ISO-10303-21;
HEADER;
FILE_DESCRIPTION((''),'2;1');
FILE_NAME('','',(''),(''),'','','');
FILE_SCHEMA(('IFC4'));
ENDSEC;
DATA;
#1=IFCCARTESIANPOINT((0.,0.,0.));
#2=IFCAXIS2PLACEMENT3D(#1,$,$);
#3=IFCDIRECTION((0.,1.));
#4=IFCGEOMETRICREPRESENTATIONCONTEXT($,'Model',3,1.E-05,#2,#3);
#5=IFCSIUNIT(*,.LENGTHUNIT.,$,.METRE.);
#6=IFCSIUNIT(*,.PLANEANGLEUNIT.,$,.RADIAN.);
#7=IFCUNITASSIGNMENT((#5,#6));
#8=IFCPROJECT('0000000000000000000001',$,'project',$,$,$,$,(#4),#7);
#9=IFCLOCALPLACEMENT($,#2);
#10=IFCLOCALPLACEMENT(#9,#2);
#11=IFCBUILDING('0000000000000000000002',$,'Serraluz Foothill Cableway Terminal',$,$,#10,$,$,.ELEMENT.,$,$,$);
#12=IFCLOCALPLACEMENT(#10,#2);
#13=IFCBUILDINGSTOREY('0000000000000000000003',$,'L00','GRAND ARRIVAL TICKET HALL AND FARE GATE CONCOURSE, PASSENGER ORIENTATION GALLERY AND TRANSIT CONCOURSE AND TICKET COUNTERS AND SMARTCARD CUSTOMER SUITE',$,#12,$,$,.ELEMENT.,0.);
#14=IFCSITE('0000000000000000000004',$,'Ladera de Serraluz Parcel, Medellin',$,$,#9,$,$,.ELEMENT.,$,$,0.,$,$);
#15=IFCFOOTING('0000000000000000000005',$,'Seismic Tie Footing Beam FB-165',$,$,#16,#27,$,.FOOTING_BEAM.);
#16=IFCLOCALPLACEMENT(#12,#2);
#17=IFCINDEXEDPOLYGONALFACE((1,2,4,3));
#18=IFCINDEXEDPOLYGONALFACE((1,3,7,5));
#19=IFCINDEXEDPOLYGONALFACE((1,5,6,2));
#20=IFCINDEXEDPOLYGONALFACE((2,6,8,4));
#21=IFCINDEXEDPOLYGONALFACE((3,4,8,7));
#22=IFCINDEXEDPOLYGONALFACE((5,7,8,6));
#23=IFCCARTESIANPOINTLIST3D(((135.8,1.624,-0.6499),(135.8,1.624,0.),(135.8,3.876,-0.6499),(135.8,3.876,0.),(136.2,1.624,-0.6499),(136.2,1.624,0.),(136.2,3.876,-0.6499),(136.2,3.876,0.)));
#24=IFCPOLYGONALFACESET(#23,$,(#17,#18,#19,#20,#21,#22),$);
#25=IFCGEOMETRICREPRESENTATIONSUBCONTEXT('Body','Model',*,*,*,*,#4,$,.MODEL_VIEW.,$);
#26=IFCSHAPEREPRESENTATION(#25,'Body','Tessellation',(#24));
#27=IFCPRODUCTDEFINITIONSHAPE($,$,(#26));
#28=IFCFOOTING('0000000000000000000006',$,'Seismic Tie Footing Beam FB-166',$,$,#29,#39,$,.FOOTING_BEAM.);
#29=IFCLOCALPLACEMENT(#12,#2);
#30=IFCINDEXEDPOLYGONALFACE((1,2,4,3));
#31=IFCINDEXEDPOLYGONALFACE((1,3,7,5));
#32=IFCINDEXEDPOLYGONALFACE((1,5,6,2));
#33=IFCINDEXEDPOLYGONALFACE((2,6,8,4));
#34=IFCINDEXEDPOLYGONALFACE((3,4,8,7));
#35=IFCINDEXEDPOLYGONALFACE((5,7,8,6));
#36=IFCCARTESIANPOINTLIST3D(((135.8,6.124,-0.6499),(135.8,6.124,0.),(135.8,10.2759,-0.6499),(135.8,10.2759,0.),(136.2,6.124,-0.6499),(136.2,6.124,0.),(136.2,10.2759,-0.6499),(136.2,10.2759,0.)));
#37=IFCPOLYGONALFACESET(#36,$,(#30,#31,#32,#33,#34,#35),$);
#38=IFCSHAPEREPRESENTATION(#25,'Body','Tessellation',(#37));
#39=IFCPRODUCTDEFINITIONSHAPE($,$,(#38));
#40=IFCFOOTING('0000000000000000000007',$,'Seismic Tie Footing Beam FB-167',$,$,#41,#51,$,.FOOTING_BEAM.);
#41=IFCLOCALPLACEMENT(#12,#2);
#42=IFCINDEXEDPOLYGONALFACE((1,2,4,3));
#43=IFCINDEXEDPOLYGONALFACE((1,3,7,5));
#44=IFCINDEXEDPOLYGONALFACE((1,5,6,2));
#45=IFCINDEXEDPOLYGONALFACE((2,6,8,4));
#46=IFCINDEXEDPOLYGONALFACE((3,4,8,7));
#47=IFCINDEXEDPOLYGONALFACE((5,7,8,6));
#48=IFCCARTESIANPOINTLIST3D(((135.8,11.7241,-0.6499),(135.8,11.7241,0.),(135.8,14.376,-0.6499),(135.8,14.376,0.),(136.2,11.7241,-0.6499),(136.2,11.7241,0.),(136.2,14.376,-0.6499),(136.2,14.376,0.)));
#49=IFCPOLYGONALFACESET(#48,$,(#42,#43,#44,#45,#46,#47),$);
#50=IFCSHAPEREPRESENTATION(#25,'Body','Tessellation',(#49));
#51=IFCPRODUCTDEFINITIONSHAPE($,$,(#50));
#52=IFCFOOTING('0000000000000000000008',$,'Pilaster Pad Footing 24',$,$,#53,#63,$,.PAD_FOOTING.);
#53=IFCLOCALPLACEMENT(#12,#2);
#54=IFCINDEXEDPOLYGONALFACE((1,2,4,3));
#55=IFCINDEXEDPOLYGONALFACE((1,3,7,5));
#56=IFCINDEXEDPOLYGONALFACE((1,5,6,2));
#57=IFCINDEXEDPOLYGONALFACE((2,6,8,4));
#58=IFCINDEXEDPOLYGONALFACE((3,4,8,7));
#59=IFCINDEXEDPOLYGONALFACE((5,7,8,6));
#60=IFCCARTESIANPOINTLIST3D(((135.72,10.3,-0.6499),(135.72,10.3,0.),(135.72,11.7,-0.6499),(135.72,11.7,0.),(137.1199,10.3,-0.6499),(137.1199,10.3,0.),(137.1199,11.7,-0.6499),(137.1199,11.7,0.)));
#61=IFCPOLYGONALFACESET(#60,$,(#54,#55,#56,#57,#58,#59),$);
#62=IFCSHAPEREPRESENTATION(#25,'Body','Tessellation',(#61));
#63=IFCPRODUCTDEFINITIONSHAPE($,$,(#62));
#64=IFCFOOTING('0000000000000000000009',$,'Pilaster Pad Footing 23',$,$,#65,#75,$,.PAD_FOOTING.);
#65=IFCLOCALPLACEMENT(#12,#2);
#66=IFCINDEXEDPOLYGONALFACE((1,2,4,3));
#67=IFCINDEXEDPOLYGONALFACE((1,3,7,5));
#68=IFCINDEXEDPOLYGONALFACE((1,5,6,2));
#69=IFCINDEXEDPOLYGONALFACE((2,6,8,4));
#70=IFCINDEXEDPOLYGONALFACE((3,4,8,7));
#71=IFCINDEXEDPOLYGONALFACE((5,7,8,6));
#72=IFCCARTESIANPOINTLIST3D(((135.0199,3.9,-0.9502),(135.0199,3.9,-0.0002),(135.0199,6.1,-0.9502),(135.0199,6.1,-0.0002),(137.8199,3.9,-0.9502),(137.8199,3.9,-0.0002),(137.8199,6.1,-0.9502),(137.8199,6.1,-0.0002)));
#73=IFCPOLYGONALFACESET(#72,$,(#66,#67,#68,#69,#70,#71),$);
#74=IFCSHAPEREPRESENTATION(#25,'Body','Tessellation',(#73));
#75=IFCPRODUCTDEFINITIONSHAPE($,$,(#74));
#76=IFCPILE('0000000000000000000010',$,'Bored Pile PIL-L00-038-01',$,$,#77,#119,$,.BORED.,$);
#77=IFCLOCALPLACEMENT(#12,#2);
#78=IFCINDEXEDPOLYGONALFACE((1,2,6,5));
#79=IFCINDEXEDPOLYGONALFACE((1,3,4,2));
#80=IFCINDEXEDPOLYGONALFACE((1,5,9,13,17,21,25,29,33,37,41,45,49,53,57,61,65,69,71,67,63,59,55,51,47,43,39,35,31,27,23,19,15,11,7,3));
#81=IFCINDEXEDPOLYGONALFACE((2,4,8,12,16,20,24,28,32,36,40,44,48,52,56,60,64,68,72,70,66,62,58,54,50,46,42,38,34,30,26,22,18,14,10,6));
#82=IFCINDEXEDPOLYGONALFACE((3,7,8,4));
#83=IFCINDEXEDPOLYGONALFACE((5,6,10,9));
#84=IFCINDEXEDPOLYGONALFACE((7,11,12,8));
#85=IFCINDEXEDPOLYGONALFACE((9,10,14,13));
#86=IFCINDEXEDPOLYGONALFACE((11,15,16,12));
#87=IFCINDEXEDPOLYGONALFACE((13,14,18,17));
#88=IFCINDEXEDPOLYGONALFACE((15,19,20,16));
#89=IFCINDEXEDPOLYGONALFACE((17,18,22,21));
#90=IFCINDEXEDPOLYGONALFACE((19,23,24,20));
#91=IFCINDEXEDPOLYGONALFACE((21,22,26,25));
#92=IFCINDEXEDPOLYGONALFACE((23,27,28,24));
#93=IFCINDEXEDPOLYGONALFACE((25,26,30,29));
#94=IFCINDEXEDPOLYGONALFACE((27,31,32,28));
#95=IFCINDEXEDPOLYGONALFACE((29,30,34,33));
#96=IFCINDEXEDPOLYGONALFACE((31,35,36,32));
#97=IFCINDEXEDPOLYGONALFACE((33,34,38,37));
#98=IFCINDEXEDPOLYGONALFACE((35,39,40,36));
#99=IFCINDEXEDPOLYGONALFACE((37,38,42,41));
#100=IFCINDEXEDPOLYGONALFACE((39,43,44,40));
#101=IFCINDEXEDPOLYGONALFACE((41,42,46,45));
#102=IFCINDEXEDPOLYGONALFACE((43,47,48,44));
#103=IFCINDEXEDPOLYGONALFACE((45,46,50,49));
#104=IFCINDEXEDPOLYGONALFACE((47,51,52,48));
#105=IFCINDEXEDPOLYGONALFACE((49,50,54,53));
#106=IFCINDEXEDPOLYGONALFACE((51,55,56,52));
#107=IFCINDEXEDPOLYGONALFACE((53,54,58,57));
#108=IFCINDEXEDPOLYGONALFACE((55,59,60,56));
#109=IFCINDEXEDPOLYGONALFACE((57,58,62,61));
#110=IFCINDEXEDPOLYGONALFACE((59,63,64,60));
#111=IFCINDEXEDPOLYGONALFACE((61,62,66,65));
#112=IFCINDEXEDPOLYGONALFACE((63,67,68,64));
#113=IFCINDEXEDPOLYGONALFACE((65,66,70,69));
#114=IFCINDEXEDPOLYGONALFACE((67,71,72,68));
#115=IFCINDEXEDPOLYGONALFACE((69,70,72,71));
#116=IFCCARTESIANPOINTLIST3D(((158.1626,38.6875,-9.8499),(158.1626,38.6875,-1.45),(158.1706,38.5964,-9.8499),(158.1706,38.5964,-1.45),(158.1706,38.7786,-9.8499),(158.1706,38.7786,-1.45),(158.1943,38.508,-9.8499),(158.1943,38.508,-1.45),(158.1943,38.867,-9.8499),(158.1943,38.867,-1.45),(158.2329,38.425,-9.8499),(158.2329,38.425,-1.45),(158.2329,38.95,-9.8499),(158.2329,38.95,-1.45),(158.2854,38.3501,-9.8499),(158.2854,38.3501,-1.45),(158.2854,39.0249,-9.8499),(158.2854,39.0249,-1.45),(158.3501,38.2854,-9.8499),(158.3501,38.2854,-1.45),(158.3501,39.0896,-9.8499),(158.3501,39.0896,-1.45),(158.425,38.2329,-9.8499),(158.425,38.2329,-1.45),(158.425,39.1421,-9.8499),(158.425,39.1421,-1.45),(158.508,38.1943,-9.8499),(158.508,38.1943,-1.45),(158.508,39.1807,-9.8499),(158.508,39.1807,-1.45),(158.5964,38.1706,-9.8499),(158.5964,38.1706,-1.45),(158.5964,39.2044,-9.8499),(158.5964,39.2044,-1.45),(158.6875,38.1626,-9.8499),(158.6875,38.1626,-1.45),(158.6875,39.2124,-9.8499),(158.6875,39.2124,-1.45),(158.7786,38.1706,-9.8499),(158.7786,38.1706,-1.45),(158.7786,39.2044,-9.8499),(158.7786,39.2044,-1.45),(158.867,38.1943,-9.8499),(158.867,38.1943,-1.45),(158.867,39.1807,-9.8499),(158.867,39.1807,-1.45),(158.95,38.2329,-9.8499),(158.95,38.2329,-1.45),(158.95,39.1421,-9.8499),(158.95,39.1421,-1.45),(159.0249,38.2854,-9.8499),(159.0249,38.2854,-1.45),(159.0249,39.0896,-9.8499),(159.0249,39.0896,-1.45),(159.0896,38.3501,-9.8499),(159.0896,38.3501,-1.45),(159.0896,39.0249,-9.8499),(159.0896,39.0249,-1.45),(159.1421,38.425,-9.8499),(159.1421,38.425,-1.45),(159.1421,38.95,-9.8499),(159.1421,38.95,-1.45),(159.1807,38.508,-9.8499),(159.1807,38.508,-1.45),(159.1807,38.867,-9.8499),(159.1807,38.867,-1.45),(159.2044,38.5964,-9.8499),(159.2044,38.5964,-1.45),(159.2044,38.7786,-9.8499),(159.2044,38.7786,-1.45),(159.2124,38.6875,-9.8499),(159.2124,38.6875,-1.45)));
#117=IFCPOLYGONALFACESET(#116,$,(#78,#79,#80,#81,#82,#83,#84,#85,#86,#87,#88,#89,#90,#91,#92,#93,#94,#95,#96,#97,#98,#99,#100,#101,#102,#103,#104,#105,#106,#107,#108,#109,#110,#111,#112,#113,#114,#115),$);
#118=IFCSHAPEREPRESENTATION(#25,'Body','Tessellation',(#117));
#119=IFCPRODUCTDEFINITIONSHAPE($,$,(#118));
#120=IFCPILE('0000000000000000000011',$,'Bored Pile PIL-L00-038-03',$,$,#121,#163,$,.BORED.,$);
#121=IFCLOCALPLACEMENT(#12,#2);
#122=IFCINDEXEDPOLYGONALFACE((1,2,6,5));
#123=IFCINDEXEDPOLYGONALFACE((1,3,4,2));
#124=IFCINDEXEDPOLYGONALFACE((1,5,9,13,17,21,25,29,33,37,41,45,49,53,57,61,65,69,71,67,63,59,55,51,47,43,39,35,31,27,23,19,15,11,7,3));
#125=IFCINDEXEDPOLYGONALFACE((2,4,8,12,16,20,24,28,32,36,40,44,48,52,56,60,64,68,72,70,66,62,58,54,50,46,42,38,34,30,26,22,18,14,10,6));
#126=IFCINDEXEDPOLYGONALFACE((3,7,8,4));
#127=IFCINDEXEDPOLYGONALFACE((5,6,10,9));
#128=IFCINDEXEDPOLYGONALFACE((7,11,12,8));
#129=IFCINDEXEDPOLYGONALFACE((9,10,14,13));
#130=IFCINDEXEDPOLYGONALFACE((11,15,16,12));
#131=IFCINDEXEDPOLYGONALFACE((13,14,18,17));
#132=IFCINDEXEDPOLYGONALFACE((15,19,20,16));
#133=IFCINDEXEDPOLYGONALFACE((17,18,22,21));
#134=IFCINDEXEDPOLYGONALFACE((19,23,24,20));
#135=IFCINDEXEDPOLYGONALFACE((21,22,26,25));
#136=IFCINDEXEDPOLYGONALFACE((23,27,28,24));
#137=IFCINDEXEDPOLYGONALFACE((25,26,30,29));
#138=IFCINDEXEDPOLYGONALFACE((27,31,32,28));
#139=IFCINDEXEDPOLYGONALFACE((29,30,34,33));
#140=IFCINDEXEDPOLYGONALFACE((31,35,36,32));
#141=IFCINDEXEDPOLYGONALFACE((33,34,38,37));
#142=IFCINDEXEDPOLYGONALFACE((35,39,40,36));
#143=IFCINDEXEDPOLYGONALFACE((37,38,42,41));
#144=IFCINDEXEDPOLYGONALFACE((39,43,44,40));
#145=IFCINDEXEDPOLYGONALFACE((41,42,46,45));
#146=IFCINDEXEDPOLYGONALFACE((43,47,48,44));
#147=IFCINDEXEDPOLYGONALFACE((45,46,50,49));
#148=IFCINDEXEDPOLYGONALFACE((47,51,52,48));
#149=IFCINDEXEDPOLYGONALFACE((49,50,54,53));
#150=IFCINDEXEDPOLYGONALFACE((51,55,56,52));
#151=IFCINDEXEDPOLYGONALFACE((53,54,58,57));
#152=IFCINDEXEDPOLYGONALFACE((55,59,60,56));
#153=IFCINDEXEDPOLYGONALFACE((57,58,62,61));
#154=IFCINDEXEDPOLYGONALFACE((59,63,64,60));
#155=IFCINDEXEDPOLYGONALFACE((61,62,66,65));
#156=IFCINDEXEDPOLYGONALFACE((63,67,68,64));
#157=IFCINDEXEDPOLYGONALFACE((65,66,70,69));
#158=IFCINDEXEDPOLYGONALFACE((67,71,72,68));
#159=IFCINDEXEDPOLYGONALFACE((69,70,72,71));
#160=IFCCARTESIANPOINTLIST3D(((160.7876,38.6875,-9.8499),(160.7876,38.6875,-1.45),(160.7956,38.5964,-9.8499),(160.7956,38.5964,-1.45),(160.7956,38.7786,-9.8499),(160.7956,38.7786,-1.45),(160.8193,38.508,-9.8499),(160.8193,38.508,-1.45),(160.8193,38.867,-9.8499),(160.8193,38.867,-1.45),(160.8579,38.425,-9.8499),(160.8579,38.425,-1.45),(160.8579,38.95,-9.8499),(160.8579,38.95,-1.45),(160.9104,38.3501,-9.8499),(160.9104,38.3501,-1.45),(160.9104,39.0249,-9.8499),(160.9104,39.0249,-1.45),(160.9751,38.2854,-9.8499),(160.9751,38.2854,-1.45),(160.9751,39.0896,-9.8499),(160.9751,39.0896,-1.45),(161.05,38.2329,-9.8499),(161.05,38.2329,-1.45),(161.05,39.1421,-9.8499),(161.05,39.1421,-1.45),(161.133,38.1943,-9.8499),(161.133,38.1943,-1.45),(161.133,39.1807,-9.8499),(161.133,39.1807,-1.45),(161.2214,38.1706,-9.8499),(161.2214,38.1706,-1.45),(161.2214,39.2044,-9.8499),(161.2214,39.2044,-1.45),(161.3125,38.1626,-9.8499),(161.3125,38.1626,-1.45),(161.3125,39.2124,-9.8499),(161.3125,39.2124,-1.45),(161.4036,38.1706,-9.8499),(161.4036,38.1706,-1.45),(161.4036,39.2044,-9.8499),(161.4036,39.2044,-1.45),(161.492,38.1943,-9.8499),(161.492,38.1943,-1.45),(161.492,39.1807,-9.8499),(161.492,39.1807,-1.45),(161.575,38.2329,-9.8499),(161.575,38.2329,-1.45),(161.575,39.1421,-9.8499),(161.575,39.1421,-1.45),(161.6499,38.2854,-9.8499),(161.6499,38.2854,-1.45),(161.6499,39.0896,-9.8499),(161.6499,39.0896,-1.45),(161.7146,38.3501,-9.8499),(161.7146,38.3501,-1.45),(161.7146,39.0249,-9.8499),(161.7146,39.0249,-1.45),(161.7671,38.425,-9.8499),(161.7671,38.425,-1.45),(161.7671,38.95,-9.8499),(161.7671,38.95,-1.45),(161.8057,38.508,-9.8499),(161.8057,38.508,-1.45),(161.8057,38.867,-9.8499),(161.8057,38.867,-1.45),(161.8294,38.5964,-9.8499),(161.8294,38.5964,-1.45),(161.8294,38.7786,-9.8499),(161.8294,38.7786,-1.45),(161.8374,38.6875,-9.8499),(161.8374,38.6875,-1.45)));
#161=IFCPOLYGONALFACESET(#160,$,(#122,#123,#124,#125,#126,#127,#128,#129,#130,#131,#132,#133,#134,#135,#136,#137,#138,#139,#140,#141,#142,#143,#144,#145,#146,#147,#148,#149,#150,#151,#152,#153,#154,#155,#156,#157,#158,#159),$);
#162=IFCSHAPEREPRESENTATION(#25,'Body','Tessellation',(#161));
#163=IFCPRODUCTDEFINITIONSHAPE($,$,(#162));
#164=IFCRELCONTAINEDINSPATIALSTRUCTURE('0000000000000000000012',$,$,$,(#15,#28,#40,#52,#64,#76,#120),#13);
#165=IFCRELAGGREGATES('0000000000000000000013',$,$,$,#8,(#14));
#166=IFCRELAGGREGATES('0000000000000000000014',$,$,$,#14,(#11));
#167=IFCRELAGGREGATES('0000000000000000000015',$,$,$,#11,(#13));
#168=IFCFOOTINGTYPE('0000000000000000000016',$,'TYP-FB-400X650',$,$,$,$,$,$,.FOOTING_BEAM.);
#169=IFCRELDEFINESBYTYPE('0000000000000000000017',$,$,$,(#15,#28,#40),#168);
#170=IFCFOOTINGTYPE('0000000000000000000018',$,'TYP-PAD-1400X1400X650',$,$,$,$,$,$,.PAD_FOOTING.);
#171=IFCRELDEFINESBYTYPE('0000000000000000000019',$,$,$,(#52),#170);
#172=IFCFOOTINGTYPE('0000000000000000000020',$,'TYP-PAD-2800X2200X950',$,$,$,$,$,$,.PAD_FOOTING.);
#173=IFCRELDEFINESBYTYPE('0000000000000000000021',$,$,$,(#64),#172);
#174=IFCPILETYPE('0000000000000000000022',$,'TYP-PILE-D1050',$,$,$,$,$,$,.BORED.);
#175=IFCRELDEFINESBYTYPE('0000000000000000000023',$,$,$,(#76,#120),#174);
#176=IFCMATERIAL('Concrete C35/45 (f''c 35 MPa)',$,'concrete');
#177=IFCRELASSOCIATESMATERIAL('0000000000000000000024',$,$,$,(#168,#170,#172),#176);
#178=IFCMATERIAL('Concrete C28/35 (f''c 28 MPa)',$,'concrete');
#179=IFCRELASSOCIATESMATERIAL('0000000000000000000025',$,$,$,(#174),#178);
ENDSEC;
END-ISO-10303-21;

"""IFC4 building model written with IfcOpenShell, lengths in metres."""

from ifc_helpers import new_model, si_unit, direction, frame, origin, origin_2d, place, context, subcontext, project, spatial, rectangle, circle, extrude, material, material_profile, profile_set, type_object, element, save


model = new_model("IFC4")

# Units and contexts
model_context = context("Model", 3, precision=1e-05, world=origin(), true_north=direction((0.0, 1.0)))
body_context = subcontext(model_context, "Body", "Model", "MODEL_VIEW")
ifc_project = project(units=[si_unit("LENGTHUNIT", "METRE"), si_unit("PLANEANGLEUNIT", "RADIAN")], contexts=[model_context])

# Site, building, storey
site_placement = place(None, origin())
site = spatial("IfcSite", under=ifc_project, at=site_placement, Name="Ladera de Serraluz Parcel, Medellin", CompositionType="ELEMENT", RefElevation=0.0)
building_placement = place(site_placement, origin())
building = spatial("IfcBuilding", under=site, at=building_placement, Name="Serraluz Foothill Cableway Terminal", CompositionType="ELEMENT")
storey_placement = place(building_placement, origin())
storey = spatial("IfcBuildingStorey", under=building, at=storey_placement, Name="L00", Description="GRAND ARRIVAL TICKET HALL AND FARE GATE CONCOURSE, PASSENGER ORIENTATION GALLERY AND TRANSIT CONCOURSE AND TICKET COUNTERS AND SMARTCARD CUSTOMER SUITE", CompositionType="ELEMENT", Elevation=0.0)

# Footings
ifc_material_1 = material(Name="Concrete C35/45 (f'c 35 MPa)", Category="concrete")
ifc_material_profile_1 = material_profile(ifc_material_1, rectangle(XDim=0.3999, YDim=0.6499, at=origin_2d()), Name="RC 400x650")
ifc_profile_set_1 = profile_set([ifc_material_profile_1], Name="Concrete C35/45 (f'c 35 MPa)")
footing_type_1 = type_object("IfcFootingType", Name="TYP-FB-400X650", PredefinedType="FOOTING_BEAM", material=ifc_profile_set_1)
footing_1_placement = place(storey_placement, frame((136.0, 1.624, -0.325), z_axis=(0.0, 1.0, 0.0), x_axis=(-1.0, 0.0, 0.0)))
element("IfcFooting", 1, at=footing_1_placement, inside=storey, type_object=footing_type_1, Name="Seismic Tie Footing Beam FB-165", PredefinedType="FOOTING_BEAM", context=body_context, shape_type="SweptSolid", body=[
    extrude(rectangle(XDim=0.3999, YDim=0.6499, at=origin_2d()), origin(), (0.0, 0.0, 1.0), 2.252),
])
footing_2_placement = place(storey_placement, frame((136.0, 6.124, -0.325), z_axis=(0.0, 1.0, 0.0), x_axis=(-1.0, 0.0, 0.0)))
element("IfcFooting", 2, at=footing_2_placement, inside=storey, type_object=footing_type_1, Name="Seismic Tie Footing Beam FB-166", PredefinedType="FOOTING_BEAM", context=body_context, shape_type="SweptSolid", body=[
    extrude(rectangle(XDim=0.3999, YDim=0.6499, at=origin_2d()), origin(), (0.0, 0.0, 1.0), 4.1519),
])
footing_3_placement = place(storey_placement, frame((136.0, 11.7241, -0.325), z_axis=(0.0, 1.0, 0.0), x_axis=(-1.0, 0.0, 0.0)))
element("IfcFooting", 3, at=footing_3_placement, inside=storey, type_object=footing_type_1, Name="Seismic Tie Footing Beam FB-167", PredefinedType="FOOTING_BEAM", context=body_context, shape_type="SweptSolid", body=[
    extrude(rectangle(XDim=0.3999, YDim=0.6499, at=origin_2d()), origin(), (0.0, 0.0, 1.0), 2.6519),
])
footing_type_2 = type_object("IfcFootingType", Name="TYP-PAD-1400X1400X650", PredefinedType="PAD_FOOTING", material=ifc_material_1)
footing_4_placement = place(storey_placement, frame((136.4199, 11.0, -0.6499), z_axis=(0.0, 0.0, 1.0), x_axis=(1.0, 0.0, 0.0)))
element("IfcFooting", 4, at=footing_4_placement, inside=storey, type_object=footing_type_2, Name="Pilaster Pad Footing 24", PredefinedType="PAD_FOOTING", context=body_context, shape_type="SweptSolid", body=[
    extrude(rectangle(XDim=1.3999, YDim=1.3999, at=origin_2d()), origin(), (0.0, 0.0, 1.0), 0.6499),
])
footing_type_3 = type_object("IfcFootingType", Name="TYP-PAD-2800X2200X950", PredefinedType="PAD_FOOTING", material=ifc_material_1)
footing_5_placement = place(storey_placement, frame((136.4199, 5.0, -0.9502), z_axis=(0.0, 0.0, 1.0), x_axis=(1.0, 0.0, 0.0)))
element("IfcFooting", 5, at=footing_5_placement, inside=storey, type_object=footing_type_3, Name="Pilaster Pad Footing 23", PredefinedType="PAD_FOOTING", context=body_context, shape_type="SweptSolid", body=[
    extrude(rectangle(XDim=2.8, YDim=2.2, at=origin_2d()), origin(), (0.0, 0.0, 1.0), 0.95),
])

# Piles
ifc_material_2 = material(Name="Concrete C28/35 (f'c 28 MPa)", Category="concrete")
ifc_material_profile_2 = material_profile(ifc_material_2, circle(Radius=0.5249, at=origin_2d()), Name="BORED PILE D1050")
ifc_profile_set_2 = profile_set([ifc_material_profile_2], Name="Concrete C28/35 (f'c 28 MPa)")
pile_type_1 = type_object("IfcPileType", Name="TYP-PILE-D1050", PredefinedType="BORED", material=ifc_profile_set_2)
for number, where, z_axis, x_axis, name in (
    (6, (158.6875, 38.6875, -1.45), (0.0, 0.0, -1.0), (1.0, 0.0, 0.0), "Bored Pile PIL-L00-038-01"),
    (7, (161.3125, 38.6875, -1.45), (0.0, 0.0, -1.0), (1.0, 0.0, 0.0), "Bored Pile PIL-L00-038-03"),
):
    element("IfcPile", number, at=place(storey_placement, frame(where, z_axis=z_axis, x_axis=x_axis)), inside=storey, type_object=pile_type_1, Name=name, PredefinedType="BORED", context=body_context, shape_type="SweptSolid", body=[
        extrude(circle(Radius=0.5249, at=origin_2d()), origin(), (0.0, 0.0, 1.0), 8.3999),
    ])

save(model, "model.ifc")
